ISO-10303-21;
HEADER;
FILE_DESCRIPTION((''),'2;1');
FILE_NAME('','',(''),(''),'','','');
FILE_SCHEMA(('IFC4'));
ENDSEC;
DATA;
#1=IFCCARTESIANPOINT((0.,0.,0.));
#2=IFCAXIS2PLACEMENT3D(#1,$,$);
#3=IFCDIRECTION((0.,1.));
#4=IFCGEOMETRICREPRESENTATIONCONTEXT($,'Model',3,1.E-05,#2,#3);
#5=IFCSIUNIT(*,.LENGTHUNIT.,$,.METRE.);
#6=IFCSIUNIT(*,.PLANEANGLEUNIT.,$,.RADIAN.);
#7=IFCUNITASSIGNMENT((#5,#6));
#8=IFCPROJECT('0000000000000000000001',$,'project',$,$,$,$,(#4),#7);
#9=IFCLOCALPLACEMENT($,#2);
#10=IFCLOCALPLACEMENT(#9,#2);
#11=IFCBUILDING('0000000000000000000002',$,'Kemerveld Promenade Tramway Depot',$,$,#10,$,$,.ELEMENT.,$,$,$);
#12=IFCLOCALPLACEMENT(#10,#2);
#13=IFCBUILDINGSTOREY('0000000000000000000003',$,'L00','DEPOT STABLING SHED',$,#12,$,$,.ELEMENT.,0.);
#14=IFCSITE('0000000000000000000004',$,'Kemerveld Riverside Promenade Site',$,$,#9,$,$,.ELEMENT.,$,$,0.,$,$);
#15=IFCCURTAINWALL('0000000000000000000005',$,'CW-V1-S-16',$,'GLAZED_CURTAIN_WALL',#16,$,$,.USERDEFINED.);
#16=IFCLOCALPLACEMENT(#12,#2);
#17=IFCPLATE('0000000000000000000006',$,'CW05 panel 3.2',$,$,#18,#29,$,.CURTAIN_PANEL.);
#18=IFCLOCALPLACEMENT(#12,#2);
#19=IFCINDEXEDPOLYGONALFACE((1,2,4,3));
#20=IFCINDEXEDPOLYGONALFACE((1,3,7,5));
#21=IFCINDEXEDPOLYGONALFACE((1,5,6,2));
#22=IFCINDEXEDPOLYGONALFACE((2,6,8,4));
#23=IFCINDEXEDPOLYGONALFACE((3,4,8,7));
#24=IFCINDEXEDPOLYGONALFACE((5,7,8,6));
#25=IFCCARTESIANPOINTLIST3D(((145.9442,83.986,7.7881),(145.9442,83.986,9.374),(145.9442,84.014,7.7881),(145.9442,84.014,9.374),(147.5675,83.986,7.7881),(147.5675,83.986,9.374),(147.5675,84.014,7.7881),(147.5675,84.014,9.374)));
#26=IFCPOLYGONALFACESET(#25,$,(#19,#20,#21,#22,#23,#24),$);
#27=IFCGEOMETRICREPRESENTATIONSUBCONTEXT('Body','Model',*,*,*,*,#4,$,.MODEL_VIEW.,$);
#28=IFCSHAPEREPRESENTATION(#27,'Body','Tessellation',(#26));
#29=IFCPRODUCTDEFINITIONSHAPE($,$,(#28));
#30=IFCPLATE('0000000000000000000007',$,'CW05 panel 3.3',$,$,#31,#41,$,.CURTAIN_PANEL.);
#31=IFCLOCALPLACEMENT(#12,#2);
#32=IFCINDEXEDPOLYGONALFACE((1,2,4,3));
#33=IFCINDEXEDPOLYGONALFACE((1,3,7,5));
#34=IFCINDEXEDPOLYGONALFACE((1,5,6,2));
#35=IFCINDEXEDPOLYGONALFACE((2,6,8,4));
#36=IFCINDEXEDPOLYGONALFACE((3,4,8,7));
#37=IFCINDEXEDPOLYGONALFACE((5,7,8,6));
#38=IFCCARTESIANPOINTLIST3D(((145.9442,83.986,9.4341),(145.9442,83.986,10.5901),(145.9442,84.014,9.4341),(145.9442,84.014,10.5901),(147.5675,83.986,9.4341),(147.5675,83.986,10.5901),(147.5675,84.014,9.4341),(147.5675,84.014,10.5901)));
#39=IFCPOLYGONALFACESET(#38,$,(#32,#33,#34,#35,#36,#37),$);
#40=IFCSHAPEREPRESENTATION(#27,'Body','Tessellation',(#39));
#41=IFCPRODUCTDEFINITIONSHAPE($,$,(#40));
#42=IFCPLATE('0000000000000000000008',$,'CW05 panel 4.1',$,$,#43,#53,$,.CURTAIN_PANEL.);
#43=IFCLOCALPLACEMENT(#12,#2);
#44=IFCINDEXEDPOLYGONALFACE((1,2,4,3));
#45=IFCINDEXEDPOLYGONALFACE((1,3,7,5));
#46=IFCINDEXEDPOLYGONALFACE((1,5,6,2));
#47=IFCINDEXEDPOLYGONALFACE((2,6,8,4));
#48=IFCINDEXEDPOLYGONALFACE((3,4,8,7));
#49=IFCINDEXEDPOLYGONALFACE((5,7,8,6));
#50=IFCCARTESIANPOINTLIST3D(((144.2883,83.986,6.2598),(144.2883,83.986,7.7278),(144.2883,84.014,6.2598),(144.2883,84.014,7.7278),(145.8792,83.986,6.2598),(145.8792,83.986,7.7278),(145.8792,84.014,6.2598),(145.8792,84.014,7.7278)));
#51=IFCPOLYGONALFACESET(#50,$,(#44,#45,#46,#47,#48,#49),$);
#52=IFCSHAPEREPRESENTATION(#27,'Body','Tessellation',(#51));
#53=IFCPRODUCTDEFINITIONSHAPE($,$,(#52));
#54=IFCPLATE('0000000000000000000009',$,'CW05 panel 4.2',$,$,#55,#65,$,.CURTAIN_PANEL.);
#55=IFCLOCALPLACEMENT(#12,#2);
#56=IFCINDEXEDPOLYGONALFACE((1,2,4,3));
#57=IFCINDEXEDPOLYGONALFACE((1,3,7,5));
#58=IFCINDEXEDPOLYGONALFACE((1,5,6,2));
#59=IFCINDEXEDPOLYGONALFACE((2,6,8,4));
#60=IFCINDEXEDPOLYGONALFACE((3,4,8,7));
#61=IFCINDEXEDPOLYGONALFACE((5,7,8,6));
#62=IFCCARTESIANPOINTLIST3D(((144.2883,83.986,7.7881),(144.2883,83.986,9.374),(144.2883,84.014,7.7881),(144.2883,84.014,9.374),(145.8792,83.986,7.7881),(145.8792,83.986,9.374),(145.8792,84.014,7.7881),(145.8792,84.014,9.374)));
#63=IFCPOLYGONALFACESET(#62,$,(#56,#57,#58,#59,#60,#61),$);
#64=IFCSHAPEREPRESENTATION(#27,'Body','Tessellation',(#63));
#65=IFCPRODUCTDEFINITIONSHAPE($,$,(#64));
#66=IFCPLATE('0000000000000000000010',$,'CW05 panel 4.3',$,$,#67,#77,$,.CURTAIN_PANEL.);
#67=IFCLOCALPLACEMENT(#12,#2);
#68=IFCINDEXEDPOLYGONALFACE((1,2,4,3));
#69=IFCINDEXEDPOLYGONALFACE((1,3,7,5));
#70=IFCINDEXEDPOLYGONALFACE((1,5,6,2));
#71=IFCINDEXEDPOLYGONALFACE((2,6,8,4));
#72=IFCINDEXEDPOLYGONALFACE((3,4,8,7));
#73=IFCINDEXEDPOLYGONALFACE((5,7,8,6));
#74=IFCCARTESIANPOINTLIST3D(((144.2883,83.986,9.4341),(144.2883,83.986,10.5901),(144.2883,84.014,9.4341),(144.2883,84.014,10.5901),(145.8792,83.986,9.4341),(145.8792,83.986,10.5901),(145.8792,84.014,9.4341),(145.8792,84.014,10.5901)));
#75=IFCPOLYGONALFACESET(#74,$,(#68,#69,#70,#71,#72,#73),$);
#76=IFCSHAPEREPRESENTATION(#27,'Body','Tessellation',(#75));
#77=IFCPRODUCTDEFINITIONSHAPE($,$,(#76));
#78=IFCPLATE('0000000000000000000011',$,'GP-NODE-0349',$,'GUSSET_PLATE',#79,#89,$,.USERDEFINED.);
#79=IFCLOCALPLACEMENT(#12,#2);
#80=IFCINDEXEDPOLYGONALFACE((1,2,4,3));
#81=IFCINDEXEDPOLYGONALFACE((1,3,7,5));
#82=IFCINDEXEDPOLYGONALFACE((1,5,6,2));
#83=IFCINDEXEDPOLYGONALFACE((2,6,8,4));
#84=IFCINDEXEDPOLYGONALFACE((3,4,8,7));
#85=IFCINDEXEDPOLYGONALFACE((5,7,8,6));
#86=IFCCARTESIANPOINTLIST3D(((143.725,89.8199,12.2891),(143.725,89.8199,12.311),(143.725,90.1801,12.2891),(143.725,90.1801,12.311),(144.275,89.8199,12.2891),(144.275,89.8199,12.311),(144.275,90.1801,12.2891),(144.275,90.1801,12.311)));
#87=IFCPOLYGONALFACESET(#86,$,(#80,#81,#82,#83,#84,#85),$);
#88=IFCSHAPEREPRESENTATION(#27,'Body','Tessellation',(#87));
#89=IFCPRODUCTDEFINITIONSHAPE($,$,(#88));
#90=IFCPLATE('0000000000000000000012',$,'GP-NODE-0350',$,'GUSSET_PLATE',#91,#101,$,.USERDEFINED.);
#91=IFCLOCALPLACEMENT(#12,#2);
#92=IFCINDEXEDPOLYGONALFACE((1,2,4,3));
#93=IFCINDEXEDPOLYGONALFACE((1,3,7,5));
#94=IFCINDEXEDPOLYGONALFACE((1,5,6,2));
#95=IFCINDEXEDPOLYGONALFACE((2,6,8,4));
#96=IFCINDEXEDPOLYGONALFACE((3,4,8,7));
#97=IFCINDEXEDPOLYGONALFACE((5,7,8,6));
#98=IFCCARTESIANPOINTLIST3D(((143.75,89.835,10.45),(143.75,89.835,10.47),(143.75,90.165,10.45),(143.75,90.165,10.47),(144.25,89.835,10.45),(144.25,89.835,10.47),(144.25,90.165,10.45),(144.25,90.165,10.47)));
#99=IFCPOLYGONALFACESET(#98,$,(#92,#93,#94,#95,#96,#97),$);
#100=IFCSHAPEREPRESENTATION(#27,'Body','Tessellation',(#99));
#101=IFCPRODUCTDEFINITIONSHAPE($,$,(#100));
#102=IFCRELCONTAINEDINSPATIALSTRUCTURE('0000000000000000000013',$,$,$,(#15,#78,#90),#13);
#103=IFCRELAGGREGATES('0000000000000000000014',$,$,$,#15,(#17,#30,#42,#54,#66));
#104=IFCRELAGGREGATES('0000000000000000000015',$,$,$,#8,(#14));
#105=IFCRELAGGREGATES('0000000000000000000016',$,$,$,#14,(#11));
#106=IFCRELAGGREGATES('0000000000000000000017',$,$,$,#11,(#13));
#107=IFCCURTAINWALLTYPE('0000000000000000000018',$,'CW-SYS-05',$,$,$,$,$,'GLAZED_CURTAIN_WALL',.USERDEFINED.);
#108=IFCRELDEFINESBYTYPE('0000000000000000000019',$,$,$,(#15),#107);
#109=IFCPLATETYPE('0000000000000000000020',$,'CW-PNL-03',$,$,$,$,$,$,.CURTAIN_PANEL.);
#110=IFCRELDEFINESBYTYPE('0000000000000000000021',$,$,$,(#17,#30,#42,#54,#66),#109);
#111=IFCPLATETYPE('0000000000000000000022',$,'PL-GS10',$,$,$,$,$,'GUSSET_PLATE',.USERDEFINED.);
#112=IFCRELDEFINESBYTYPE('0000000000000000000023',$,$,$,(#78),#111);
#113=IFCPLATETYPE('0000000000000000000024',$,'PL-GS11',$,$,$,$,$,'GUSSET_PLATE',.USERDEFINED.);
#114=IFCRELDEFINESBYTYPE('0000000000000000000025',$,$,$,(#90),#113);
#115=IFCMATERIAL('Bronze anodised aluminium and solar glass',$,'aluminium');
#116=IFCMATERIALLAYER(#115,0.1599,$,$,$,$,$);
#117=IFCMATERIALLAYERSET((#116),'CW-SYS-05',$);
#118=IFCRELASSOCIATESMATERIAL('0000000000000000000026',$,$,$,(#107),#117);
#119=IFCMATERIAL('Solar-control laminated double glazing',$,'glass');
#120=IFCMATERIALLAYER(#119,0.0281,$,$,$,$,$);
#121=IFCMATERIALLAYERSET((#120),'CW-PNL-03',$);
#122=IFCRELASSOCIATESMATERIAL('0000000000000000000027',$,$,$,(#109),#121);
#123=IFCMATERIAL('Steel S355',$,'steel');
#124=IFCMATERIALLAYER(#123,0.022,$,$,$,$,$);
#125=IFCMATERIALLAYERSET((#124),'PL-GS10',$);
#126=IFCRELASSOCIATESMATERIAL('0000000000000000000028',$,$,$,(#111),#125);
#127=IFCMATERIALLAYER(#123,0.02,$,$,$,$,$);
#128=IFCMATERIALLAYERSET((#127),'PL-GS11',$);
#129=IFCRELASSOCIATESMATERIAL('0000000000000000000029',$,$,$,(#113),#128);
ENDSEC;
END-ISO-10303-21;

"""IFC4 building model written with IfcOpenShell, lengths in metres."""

from ifc_helpers import new_model, si_unit, direction, frame, origin, origin_2d, place, context, subcontext, project, spatial, rectangle, extrude, material, layer, layer_set, type_object, element, aggregate, save


model = new_model("IFC4")

# Units and contexts
model_context = context("Model", 3, precision=1e-05, world=origin(), true_north=direction((0.0, 1.0)))
body_context = subcontext(model_context, "Body", "Model", "MODEL_VIEW")
ifc_project = project(units=[si_unit("LENGTHUNIT", "METRE"), si_unit("PLANEANGLEUNIT", "RADIAN")], contexts=[model_context])

# Site, building, storey
site_placement = place(None, origin())
site = spatial("IfcSite", under=ifc_project, at=site_placement, Name="Kemerveld Riverside Promenade Site", CompositionType="ELEMENT", RefElevation=0.0)
building_placement = place(site_placement, origin())
building = spatial("IfcBuilding", under=site, at=building_placement, Name="Kemerveld Promenade Tramway Depot", CompositionType="ELEMENT")
storey_placement = place(building_placement, origin())
storey = spatial("IfcBuildingStorey", under=building, at=storey_placement, Name="L00", Description="DEPOT STABLING SHED", CompositionType="ELEMENT", Elevation=0.0)

# Curtain wall
ifc_material_1 = material(Name="Bronze anodised aluminium and solar glass", Category="aluminium")
ifc_layer_1 = layer(ifc_material_1, 0.1599)
ifc_layer_set_1 = layer_set([ifc_layer_1], Name="CW-SYS-05")
curtain_wall_type = type_object("IfcCurtainWallType", Name="CW-SYS-05", ElementType="GLAZED_CURTAIN_WALL", PredefinedType="USERDEFINED", material=ifc_layer_set_1)
curtain_wall_placement = place(storey_placement, origin())
curtain_wall = element("IfcCurtainWall", 1, at=curtain_wall_placement, inside=storey, type_object=curtain_wall_type, Name="CW-V1-S-16", ObjectType="GLAZED_CURTAIN_WALL", PredefinedType="USERDEFINED")

# Shared definitions
ifc_material_2 = material(Name="Steel S355", Category="steel")

# Plates
ifc_material_3 = material(Name="Solar-control laminated double glazing", Category="glass")
ifc_layer_2 = layer(ifc_material_3, 0.0281)
ifc_layer_set_2 = layer_set([ifc_layer_2], Name="CW-PNL-03")
plate_type_1 = type_object("IfcPlateType", Name="CW-PNL-03", PredefinedType="CURTAIN_PANEL", material=ifc_layer_set_2)
plate_1_placement = place(storey_placement, frame((146.7559, 84.0, 7.7881), z_axis=(0.0, 0.0, 1.0), x_axis=(-1.0, 0.0, 0.0)))
plate_1 = element("IfcPlate", 2, at=plate_1_placement, type_object=plate_type_1, Name="CW05 panel 3.2", PredefinedType="CURTAIN_PANEL", context=body_context, shape_type="SweptSolid", body=[
    extrude(rectangle(XDim=1.6233, YDim=0.0281, at=origin_2d()), origin(), (0.0, 0.0, 1.0), 1.5859),
])
plate_2_placement = place(storey_placement, frame((146.7559, 84.0, 9.4341), z_axis=(0.0, 0.0, 1.0), x_axis=(-1.0, 0.0, 0.0)))
plate_2 = element("IfcPlate", 3, at=plate_2_placement, type_object=plate_type_1, Name="CW05 panel 3.3", PredefinedType="CURTAIN_PANEL", context=body_context, shape_type="SweptSolid", body=[
    extrude(rectangle(XDim=1.6233, YDim=0.0281, at=origin_2d()), origin(), (0.0, 0.0, 1.0), 1.156),
])
plate_3_placement = place(storey_placement, frame((145.0837, 84.0, 6.2598), z_axis=(0.0, 0.0, 1.0), x_axis=(-1.0, 0.0, 0.0)))
plate_3 = element("IfcPlate", 4, at=plate_3_placement, type_object=plate_type_1, Name="CW05 panel 4.1", PredefinedType="CURTAIN_PANEL", context=body_context, shape_type="SweptSolid", body=[
    extrude(rectangle(XDim=1.5908, YDim=0.0281, at=origin_2d()), origin(), (0.0, 0.0, 1.0), 1.468),
])
plate_4_placement = place(storey_placement, frame((145.0837, 84.0, 7.7881), z_axis=(0.0, 0.0, 1.0), x_axis=(-1.0, 0.0, 0.0)))
plate_4 = element("IfcPlate", 5, at=plate_4_placement, type_object=plate_type_1, Name="CW05 panel 4.2", PredefinedType="CURTAIN_PANEL", context=body_context, shape_type="SweptSolid", body=[
    extrude(rectangle(XDim=1.5908, YDim=0.0281, at=origin_2d()), origin(), (0.0, 0.0, 1.0), 1.5859),
])
plate_5_placement = place(storey_placement, frame((145.0837, 84.0, 9.4341), z_axis=(0.0, 0.0, 1.0), x_axis=(-1.0, 0.0, 0.0)))
plate_5 = element("IfcPlate", 6, at=plate_5_placement, type_object=plate_type_1, Name="CW05 panel 4.3", PredefinedType="CURTAIN_PANEL", context=body_context, shape_type="SweptSolid", body=[
    extrude(rectangle(XDim=1.5908, YDim=0.0281, at=origin_2d()), origin(), (0.0, 0.0, 1.0), 1.156),
])
aggregate(curtain_wall, [plate_1, plate_2, plate_3, plate_4, plate_5])

# Plates
ifc_layer_3 = layer(ifc_material_2, 0.022)
ifc_layer_set_3 = layer_set([ifc_layer_3], Name="PL-GS10")
plate_type_2 = type_object("IfcPlateType", Name="PL-GS10", ElementType="GUSSET_PLATE", PredefinedType="USERDEFINED", material=ifc_layer_set_3)
plate_6_placement = place(storey_placement, frame((144.0, 90.0, 12.2891), z_axis=(0.0, 0.0, 1.0), x_axis=(1.0, 0.0, 0.0)))
element("IfcPlate", 7, at=plate_6_placement, inside=storey, type_object=plate_type_2, Name="GP-NODE-0349", ObjectType="GUSSET_PLATE", PredefinedType="USERDEFINED", context=body_context, shape_type="SweptSolid", body=[
    extrude(rectangle(XDim=0.55, YDim=0.3601, at=origin_2d()), origin(), (0.0, 0.0, 1.0), 0.022),
])
ifc_layer_4 = layer(ifc_material_2, 0.02)
ifc_layer_set_4 = layer_set([ifc_layer_4], Name="PL-GS11")
plate_type_3 = type_object("IfcPlateType", Name="PL-GS11", ElementType="GUSSET_PLATE", PredefinedType="USERDEFINED", material=ifc_layer_set_4)
plate_7_placement = place(storey_placement, frame((144.0, 90.0, 10.45), z_axis=(0.0, 0.0, 1.0), x_axis=(1.0, 0.0, 0.0)))
element("IfcPlate", 8, at=plate_7_placement, inside=storey, type_object=plate_type_3, Name="GP-NODE-0350", ObjectType="GUSSET_PLATE", PredefinedType="USERDEFINED", context=body_context, shape_type="SweptSolid", body=[
    extrude(rectangle(XDim=0.5, YDim=0.3301, at=origin_2d()), origin(), (0.0, 0.0, 1.0), 0.02),
])

save(model, "model.ifc")
